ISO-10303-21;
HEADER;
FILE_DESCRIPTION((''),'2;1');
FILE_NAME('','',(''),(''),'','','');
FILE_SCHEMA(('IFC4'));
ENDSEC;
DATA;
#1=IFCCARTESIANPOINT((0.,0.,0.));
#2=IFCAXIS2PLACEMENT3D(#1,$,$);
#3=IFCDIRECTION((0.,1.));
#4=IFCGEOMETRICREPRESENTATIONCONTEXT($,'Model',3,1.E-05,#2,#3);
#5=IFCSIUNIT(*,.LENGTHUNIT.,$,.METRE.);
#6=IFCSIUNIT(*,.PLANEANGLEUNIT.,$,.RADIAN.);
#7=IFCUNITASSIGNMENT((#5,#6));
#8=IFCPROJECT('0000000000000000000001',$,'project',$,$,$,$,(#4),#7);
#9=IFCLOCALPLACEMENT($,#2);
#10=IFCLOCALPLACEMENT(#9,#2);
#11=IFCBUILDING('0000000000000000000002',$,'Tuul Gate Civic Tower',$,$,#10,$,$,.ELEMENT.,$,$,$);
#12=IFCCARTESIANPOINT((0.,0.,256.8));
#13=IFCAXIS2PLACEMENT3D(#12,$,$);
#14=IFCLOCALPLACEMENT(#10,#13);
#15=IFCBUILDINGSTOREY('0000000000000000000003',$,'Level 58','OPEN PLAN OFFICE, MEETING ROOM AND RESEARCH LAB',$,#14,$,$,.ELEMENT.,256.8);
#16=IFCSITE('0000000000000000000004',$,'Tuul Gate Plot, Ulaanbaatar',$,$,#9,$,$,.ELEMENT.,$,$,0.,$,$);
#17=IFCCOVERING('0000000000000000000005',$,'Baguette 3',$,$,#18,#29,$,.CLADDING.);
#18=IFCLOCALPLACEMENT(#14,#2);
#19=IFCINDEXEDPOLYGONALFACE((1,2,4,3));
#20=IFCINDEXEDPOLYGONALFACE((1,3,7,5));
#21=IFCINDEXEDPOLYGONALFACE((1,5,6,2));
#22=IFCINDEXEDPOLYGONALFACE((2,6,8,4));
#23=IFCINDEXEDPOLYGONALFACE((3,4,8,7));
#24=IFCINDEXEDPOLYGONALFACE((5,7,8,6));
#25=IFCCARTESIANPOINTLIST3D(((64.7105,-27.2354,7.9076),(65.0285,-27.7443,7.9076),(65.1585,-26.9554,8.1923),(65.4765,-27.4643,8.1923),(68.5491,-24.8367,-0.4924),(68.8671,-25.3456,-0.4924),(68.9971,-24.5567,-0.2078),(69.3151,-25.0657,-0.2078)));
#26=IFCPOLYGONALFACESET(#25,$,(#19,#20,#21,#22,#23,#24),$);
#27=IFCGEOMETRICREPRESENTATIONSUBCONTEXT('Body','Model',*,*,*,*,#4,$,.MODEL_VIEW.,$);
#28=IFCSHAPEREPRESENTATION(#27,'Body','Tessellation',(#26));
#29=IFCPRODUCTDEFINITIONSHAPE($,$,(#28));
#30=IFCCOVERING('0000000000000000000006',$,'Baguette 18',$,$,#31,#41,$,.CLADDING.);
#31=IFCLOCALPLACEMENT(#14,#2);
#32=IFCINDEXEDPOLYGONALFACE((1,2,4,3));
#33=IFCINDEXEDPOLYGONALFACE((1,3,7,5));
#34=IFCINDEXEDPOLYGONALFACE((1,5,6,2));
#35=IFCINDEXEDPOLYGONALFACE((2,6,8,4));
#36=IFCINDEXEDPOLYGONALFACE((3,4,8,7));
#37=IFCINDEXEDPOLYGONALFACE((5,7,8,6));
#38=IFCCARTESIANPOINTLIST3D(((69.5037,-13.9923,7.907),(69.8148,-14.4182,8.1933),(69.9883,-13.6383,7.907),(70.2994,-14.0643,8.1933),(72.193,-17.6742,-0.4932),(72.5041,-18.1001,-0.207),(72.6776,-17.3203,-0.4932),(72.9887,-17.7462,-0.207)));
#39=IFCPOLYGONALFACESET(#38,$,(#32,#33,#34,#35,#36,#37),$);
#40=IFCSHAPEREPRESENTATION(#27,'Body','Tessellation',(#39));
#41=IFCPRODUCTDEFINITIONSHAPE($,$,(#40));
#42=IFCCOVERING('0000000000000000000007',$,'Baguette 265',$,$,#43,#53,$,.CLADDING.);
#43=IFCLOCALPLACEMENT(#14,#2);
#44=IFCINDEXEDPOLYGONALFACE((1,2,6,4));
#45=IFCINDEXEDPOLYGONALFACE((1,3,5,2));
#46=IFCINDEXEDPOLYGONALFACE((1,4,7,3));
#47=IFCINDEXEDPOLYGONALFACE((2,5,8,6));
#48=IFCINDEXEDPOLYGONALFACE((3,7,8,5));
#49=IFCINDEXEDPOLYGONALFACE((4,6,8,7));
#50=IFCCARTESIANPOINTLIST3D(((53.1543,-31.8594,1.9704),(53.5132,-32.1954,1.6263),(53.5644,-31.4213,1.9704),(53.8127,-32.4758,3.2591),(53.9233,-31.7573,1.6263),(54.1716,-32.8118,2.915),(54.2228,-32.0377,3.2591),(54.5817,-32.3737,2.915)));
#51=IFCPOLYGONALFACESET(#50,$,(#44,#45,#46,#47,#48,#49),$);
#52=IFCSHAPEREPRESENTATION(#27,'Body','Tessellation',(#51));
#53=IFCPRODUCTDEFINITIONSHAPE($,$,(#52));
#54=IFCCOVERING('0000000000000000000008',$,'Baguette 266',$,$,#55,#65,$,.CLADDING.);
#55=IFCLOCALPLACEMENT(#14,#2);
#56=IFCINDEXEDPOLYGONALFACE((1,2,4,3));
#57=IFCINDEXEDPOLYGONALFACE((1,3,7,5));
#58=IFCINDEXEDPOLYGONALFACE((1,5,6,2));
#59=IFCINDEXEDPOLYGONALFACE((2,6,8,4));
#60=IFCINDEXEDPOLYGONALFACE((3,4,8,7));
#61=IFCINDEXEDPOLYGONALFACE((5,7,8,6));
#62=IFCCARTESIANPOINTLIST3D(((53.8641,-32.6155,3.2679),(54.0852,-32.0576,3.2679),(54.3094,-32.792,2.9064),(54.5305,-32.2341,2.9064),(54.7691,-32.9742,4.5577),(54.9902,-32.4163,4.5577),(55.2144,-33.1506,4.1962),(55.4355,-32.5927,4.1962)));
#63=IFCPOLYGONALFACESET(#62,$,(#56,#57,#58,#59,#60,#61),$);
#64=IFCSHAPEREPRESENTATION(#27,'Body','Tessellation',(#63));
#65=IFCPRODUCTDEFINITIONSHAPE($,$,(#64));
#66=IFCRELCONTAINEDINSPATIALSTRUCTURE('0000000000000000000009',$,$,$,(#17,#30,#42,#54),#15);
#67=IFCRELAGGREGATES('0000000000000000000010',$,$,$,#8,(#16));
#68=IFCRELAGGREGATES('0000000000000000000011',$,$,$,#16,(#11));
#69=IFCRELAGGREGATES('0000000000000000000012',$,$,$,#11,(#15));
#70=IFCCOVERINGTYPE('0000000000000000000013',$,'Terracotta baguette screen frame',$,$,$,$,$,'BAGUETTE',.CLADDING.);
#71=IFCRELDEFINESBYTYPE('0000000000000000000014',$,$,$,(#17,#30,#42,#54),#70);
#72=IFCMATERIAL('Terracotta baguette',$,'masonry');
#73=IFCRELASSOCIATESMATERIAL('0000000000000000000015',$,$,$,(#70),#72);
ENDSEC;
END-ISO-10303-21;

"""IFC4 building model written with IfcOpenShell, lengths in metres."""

from ifc_helpers import new_model, si_unit, direction, frame, origin, origin_2d, place, context, subcontext, project, spatial, rectangle, extrude, material, material_profile, profile_set, type_object, element, save


model = new_model("IFC4")

# Units and contexts
model_context = context("Model", 3, precision=1e-05, world=origin(), true_north=direction((0.0, 1.0)))
body_context = subcontext(model_context, "Body", "Model", "MODEL_VIEW")
ifc_project = project(units=[si_unit("LENGTHUNIT", "METRE"), si_unit("PLANEANGLEUNIT", "RADIAN")], contexts=[model_context])

# Site, building, storey
site_placement = place(None, origin())
site = spatial("IfcSite", under=ifc_project, at=site_placement, Name="Tuul Gate Plot, Ulaanbaatar", CompositionType="ELEMENT", RefElevation=0.0)
building_placement = place(site_placement, origin())
building = spatial("IfcBuilding", under=site, at=building_placement, Name="Tuul Gate Civic Tower", CompositionType="ELEMENT")
storey_placement = place(building_placement, frame((0.0, 0.0, 256.8)))
storey = spatial("IfcBuildingStorey", under=building, at=storey_placement, Name="Level 58", Description="OPEN PLAN OFFICE, MEETING ROOM AND RESEARCH LAB", CompositionType="ELEMENT", Elevation=256.8)

# Coverings
ifc_material_1 = material(Name="Terracotta baguette", Category="masonry")
ifc_material_profile_1 = material_profile(ifc_material_1, rectangle(XDim=0.6001, YDim=0.6001, at=origin_2d()), Name="Terracotta baguette screen frame")
ifc_profile_set_1 = profile_set([ifc_material_profile_1], Name="Terracotta baguette")
covering_type = type_object("IfcCoveringType", Name="Terracotta baguette screen frame", ElementType="BAGUETTE", PredefinedType="CLADDING", material=ifc_profile_set_1)
covering_1_placement = place(storey_placement, frame((68.9321, -24.9512, -0.3501), z_axis=(-0.402284, -0.25138, 0.880327), x_axis=(0.529926, -0.848044, 0.0)))
element("IfcCovering", 1, at=covering_1_placement, inside=storey, type_object=covering_type, Name="Baguette 3", PredefinedType="CLADDING", context=body_context, shape_type="SweptSolid", body=[
    extrude(rectangle(XDim=0.6001, YDim=0.6001, at=origin_2d()), origin(), (0.0, 0.0, 1.0), 9.542),
])
covering_2_placement = place(storey_placement, frame((72.5908, -17.7102, -0.3501), z_axis=(-0.281364, 0.385225, 0.878883), x_axis=(-0.807537, -0.589817, 0.0)))
element("IfcCovering", 2, at=covering_2_placement, inside=storey, type_object=covering_type, Name="Baguette 18", PredefinedType="CLADDING", context=body_context, shape_type="SweptSolid", body=[
    extrude(rectangle(XDim=0.6001, YDim=0.6001, at=origin_2d()), origin(), (0.0, 0.0, 1.0), 9.5579),
])
covering_3_placement = place(storey_placement, frame((53.5388, -31.8083, 1.7983), z_axis=(0.418568, -0.391874, 0.819289), x_axis=(0.683446, 0.730001, 0.0)))
element("IfcCovering", 3, at=covering_3_placement, inside=storey, type_object=covering_type, Name="Baguette 265", PredefinedType="CLADDING", context=body_context, shape_type="SweptSolid", body=[
    extrude(rectangle(XDim=0.6001, YDim=0.6001, at=origin_2d()), origin(), (0.0, 0.0, 1.0), 1.573),
])
covering_4_placement = place(storey_placement, frame((54.1973, -32.4248, 3.0872), z_axis=(0.560062, -0.22194, 0.798168), x_axis=(0.368405, 0.929665, 0.0)))
element("IfcCovering", 4, at=covering_4_placement, inside=storey, type_object=covering_type, Name="Baguette 266", PredefinedType="CLADDING", context=body_context, shape_type="SweptSolid", body=[
    extrude(rectangle(XDim=0.6001, YDim=0.6001, at=origin_2d()), origin(), (0.0, 0.0, 1.0), 1.616),
])

save(model, "model.ifc")
